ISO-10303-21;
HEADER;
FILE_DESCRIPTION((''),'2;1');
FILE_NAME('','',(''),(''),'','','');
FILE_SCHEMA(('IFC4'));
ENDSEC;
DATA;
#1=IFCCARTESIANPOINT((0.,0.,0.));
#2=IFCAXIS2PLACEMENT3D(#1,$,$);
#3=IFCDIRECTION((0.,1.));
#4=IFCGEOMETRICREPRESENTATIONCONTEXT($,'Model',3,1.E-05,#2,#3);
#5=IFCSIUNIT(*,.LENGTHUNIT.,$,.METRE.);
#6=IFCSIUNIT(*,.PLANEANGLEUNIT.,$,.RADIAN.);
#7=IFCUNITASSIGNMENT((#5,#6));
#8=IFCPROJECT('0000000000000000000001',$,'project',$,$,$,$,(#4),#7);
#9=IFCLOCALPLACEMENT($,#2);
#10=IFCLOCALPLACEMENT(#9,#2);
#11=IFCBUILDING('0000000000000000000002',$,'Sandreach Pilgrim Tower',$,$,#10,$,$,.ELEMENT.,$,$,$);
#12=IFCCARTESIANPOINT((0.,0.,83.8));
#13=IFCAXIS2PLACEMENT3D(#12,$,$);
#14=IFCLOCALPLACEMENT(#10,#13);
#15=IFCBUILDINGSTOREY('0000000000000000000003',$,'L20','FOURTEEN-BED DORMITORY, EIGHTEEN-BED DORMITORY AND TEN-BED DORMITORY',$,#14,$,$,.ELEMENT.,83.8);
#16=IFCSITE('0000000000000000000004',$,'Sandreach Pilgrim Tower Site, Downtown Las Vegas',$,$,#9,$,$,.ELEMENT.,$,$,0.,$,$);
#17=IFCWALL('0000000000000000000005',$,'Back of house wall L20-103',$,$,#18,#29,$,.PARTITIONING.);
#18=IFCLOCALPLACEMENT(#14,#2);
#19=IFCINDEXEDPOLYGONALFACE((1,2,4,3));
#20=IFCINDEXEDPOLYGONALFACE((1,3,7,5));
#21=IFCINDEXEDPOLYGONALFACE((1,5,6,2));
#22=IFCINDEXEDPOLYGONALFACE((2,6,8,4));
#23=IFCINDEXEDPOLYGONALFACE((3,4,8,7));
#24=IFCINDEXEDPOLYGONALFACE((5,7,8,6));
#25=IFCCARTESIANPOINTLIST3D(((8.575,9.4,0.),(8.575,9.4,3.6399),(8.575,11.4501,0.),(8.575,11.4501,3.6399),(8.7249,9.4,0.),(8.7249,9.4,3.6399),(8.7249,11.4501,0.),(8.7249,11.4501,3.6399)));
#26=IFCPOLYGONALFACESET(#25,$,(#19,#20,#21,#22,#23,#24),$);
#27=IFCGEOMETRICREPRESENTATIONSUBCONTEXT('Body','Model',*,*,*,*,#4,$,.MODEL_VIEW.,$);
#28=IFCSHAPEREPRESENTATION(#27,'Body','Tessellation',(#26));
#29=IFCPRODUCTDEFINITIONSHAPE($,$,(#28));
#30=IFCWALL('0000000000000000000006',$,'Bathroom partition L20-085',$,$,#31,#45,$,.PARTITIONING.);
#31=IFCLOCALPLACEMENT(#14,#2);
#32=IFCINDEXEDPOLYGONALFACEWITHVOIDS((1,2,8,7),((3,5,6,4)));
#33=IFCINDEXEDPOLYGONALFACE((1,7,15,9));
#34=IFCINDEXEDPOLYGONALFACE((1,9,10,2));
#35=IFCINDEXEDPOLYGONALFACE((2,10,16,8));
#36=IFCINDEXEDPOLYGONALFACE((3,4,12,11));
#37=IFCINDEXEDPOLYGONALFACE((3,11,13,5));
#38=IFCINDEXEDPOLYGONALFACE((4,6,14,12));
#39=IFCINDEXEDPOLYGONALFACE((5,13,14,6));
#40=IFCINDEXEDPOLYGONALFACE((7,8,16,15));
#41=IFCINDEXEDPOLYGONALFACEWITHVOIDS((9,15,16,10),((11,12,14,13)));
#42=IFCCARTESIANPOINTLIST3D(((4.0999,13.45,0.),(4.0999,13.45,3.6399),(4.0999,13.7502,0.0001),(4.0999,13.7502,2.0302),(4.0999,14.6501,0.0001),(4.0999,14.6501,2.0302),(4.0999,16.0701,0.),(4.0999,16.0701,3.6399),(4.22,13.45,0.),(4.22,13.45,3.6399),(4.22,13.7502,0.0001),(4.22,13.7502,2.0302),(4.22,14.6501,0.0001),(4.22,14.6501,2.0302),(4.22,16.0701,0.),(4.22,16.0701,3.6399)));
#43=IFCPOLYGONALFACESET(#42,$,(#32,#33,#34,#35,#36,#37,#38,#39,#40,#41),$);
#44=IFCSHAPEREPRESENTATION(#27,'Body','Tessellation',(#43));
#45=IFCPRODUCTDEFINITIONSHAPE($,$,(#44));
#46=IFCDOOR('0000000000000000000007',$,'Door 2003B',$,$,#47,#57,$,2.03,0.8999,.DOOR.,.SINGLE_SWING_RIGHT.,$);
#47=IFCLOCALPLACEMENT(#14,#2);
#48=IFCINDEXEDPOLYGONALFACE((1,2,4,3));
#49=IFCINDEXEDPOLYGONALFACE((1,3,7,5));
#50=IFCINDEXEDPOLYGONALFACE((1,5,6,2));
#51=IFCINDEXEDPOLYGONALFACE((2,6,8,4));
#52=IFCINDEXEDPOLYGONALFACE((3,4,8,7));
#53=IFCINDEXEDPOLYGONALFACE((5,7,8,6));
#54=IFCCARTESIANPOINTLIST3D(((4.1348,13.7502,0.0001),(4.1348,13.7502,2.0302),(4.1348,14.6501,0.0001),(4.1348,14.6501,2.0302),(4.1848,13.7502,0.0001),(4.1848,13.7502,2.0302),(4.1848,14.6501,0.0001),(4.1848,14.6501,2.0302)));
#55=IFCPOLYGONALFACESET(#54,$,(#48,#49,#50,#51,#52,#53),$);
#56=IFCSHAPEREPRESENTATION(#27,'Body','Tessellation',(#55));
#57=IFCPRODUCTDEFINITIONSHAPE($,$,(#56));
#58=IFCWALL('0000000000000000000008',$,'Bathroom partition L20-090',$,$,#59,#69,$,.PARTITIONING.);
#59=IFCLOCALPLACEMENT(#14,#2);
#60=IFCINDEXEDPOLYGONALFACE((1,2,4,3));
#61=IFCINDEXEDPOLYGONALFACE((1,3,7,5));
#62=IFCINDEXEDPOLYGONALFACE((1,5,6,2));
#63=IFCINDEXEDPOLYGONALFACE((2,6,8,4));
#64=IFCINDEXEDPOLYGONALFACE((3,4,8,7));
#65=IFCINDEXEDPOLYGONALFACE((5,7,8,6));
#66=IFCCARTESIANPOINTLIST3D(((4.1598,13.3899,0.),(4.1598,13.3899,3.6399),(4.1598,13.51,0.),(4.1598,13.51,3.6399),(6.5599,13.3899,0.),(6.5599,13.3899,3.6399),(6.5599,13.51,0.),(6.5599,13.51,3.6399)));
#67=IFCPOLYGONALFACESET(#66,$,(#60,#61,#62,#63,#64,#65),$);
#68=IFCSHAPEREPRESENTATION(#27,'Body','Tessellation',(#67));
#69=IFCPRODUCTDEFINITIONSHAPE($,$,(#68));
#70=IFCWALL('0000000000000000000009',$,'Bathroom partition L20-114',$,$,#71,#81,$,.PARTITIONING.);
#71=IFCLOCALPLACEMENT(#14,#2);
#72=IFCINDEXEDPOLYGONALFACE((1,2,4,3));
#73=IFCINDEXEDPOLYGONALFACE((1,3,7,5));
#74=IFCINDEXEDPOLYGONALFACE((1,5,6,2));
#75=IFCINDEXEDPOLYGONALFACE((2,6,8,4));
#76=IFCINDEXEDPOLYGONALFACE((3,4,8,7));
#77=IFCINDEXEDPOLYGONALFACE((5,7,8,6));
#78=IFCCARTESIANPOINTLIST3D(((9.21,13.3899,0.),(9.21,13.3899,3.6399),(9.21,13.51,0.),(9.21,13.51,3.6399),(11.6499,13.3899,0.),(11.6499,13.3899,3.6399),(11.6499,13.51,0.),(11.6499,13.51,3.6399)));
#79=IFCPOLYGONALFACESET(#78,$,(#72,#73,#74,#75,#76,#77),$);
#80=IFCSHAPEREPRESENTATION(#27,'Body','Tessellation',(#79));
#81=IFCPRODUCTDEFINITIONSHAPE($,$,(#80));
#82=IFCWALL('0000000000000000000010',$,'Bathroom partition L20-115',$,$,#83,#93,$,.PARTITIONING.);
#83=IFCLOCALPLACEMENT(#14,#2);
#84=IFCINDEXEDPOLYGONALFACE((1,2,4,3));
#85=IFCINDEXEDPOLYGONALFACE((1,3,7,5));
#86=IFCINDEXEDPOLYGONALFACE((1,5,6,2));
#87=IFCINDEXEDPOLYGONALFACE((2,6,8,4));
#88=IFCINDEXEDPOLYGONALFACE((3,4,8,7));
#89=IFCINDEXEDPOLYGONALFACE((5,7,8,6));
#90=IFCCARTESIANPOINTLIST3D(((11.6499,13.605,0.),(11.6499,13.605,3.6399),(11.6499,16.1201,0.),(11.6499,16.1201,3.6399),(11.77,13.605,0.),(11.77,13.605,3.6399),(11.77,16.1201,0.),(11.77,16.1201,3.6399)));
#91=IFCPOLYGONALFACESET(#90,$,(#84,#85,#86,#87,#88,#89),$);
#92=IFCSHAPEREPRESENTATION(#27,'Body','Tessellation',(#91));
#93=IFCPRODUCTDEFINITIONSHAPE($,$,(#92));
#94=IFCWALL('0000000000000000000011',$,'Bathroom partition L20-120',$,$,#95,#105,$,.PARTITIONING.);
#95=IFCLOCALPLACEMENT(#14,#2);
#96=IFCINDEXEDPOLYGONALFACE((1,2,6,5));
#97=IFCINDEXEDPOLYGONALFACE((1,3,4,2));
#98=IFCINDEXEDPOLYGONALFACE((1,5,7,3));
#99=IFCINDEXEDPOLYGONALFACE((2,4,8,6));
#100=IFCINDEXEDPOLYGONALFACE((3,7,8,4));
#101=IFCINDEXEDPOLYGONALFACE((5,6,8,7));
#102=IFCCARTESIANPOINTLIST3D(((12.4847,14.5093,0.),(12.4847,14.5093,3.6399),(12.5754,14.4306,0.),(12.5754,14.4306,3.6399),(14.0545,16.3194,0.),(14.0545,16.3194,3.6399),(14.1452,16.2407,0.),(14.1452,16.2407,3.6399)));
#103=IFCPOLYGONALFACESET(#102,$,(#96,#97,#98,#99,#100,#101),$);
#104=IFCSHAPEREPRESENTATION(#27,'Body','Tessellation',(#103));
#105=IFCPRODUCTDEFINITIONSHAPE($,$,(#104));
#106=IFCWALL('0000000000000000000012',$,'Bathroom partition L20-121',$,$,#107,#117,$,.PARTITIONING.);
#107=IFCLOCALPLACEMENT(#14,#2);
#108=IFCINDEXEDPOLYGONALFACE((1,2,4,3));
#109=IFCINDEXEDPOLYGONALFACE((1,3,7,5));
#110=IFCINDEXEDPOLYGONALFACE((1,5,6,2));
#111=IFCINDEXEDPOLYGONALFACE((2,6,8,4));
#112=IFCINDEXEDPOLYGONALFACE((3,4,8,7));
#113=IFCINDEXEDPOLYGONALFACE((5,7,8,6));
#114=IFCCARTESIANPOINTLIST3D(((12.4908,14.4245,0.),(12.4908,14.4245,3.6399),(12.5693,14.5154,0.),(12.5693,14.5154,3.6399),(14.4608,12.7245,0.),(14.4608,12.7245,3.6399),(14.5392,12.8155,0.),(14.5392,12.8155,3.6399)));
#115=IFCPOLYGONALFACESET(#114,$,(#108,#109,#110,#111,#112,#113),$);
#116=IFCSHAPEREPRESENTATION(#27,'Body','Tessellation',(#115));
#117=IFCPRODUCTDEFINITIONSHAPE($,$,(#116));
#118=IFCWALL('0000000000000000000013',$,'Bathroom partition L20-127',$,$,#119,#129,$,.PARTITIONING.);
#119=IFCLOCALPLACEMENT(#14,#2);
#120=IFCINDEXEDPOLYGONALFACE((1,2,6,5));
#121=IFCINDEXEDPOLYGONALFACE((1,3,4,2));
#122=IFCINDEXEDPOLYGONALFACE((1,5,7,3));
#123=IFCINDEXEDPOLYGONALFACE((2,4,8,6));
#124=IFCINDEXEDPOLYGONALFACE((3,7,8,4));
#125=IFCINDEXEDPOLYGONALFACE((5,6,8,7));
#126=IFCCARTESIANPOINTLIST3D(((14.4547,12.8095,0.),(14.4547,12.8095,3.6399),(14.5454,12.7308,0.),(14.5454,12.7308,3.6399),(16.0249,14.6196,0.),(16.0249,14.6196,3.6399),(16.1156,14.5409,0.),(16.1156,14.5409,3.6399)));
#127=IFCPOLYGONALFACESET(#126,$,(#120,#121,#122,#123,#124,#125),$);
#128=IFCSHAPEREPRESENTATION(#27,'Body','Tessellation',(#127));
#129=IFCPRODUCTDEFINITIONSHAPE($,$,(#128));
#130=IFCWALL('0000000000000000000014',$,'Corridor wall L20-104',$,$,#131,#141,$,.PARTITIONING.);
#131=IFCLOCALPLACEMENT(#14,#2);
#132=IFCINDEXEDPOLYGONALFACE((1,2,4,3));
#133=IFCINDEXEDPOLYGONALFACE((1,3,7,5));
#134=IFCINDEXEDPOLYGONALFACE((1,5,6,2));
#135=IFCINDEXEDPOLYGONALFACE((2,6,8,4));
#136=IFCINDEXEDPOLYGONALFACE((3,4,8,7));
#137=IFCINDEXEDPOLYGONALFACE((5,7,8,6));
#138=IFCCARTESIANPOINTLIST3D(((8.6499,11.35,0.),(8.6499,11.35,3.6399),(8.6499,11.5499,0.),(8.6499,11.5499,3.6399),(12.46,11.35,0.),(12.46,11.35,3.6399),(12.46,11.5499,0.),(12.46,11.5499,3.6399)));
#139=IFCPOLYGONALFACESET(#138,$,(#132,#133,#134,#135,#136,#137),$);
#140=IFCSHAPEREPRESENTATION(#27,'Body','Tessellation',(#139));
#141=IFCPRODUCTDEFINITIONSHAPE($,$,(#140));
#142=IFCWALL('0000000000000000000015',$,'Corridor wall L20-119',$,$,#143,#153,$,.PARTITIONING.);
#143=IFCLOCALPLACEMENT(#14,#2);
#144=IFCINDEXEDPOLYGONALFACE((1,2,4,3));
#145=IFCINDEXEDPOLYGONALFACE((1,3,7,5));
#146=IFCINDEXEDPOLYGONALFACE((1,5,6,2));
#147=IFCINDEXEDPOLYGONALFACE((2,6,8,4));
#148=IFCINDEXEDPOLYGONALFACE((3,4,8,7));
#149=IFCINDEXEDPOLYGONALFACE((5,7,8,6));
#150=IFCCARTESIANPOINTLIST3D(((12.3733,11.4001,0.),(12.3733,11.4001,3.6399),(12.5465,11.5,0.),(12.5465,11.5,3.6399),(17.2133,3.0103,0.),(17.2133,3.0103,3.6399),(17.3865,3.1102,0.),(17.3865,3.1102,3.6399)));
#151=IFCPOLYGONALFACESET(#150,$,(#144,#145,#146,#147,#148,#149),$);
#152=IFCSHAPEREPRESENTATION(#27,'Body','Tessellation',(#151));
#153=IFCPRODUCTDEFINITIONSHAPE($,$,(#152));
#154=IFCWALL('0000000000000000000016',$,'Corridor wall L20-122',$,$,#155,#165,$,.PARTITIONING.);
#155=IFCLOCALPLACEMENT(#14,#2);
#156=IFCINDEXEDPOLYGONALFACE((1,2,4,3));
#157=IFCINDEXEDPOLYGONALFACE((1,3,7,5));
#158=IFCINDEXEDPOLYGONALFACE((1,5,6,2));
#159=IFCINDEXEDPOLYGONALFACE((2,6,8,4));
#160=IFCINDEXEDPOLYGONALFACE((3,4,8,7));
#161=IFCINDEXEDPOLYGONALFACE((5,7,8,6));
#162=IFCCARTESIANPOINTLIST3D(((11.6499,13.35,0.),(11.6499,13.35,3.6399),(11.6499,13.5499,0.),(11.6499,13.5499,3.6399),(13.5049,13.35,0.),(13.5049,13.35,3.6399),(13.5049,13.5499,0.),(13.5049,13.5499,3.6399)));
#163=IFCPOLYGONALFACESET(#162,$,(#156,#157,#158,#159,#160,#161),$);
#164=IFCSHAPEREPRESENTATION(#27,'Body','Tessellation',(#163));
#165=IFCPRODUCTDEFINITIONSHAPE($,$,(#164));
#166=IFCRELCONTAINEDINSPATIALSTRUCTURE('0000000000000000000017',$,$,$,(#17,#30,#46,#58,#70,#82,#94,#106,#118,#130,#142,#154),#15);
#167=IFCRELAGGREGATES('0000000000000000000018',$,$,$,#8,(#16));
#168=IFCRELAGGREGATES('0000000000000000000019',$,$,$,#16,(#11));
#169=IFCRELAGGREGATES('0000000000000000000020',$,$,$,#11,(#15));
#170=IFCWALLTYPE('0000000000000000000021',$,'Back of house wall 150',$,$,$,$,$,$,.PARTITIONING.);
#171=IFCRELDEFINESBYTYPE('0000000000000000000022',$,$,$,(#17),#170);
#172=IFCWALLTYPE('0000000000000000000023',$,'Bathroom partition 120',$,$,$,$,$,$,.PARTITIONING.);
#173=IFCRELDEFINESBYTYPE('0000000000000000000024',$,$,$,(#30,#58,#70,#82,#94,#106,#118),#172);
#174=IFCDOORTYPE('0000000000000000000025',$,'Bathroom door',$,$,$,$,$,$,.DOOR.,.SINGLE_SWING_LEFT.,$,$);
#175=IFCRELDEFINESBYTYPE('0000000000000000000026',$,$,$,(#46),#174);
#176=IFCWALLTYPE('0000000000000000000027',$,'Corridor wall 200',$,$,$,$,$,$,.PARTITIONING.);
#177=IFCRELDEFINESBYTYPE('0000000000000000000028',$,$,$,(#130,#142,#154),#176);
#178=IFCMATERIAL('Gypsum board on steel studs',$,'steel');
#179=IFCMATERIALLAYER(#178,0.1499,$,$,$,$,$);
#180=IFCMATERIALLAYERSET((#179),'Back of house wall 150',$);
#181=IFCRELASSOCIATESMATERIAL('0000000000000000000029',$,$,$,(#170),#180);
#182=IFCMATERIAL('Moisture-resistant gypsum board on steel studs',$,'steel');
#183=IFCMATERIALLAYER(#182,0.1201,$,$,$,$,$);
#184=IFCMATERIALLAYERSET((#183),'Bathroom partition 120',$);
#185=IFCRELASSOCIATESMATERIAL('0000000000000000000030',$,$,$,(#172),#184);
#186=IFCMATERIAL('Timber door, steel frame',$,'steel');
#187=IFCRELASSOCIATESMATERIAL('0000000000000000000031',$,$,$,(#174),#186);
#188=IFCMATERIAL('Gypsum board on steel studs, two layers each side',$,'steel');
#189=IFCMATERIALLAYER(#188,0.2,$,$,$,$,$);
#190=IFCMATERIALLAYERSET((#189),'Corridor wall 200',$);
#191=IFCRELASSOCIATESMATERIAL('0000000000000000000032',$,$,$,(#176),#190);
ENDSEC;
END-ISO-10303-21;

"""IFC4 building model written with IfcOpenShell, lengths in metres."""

from ifc_helpers import new_model, si_unit, direction, frame, frame_2d, origin, place, context, subcontext, project, spatial, rectangle, extrude, material, layer, layer_set, type_object, element, fill, save


model = new_model("IFC4")

# Units and contexts
model_context = context("Model", 3, precision=1e-05, world=origin(), true_north=direction((0.0, 1.0)))
body_context = subcontext(model_context, "Body", "Model", "MODEL_VIEW")
ifc_project = project(units=[si_unit("LENGTHUNIT", "METRE"), si_unit("PLANEANGLEUNIT", "RADIAN")], contexts=[model_context])

# Site, building, storey
site_placement = place(None, origin())
site = spatial("IfcSite", under=ifc_project, at=site_placement, Name="Sandreach Pilgrim Tower Site, Downtown Las Vegas", CompositionType="ELEMENT", RefElevation=0.0)
building_placement = place(site_placement, origin())
building = spatial("IfcBuilding", under=site, at=building_placement, Name="Sandreach Pilgrim Tower", CompositionType="ELEMENT")
storey_placement = place(building_placement, frame((0.0, 0.0, 83.8)))
storey = spatial("IfcBuildingStorey", under=building, at=storey_placement, Name="L20", Description="FOURTEEN-BED DORMITORY, EIGHTEEN-BED DORMITORY AND TEN-BED DORMITORY", CompositionType="ELEMENT", Elevation=83.8)

# Wall
ifc_material_1 = material(Name="Gypsum board on steel studs", Category="steel")
ifc_layer_1 = layer(ifc_material_1, 0.1499)
ifc_layer_set_1 = layer_set([ifc_layer_1], Name="Back of house wall 150")
wall_type_1 = type_object("IfcWallType", Name="Back of house wall 150", PredefinedType="PARTITIONING", material=ifc_layer_set_1)
wall_1_placement = place(storey_placement, frame((8.6499, 11.45, 0.0), z_axis=(0.0, 0.0, 1.0), x_axis=(0.0, -1.0, 0.0)))
element("IfcWall", 1, at=wall_1_placement, inside=storey, type_object=wall_type_1, Name="Back of house wall L20-103", PredefinedType="PARTITIONING", context=body_context, shape_type="SweptSolid", body=[
    extrude(rectangle(XDim=2.05, YDim=0.1499, at=frame_2d((1.0249, 0.0))), origin(), (0.0, 0.0, 1.0), 3.6399),
])

# Wall, opening, door
ifc_material_2 = material(Name="Moisture-resistant gypsum board on steel studs", Category="steel")
ifc_layer_2 = layer(ifc_material_2, 0.1201)
ifc_layer_set_2 = layer_set([ifc_layer_2], Name="Bathroom partition 120")
wall_type_2 = type_object("IfcWallType", Name="Bathroom partition 120", PredefinedType="PARTITIONING", material=ifc_layer_set_2)
wall_2_placement = place(storey_placement, frame((4.1599, 16.0701, 0.0), z_axis=(0.0, 0.0, 1.0), x_axis=(0.0, -1.0, 0.0)))
wall_2 = element("IfcWall", 2, at=wall_2_placement, inside=storey, type_object=wall_type_2, Name="Bathroom partition L20-085", PredefinedType="PARTITIONING", context=body_context, shape_type="SweptSolid", body=[
    extrude(rectangle(XDim=2.6201, YDim=0.1201, at=frame_2d((1.3101, 0.0))), origin(), (0.0, 0.0, 1.0), 3.6399),
])
opening_1_placement = place(wall_2_placement, frame((1.4199, 0.0, 0.0)))
opening_1 = element("IfcOpeningElement", 3, at=opening_1_placement, cuts=wall_2, PredefinedType="OPENING", context=body_context, shape_type="SweptSolid", body=[
    extrude(rectangle(XDim=0.8999, YDim=2.03, at=frame_2d((0.45, 1.0151))), frame((0.0, 0.0601, 0.0), z_axis=(0.0, -1.0, 0.0), x_axis=(1.0, 0.0, 0.0)), (0.0, 0.0, 1.0), 0.1201),
])
ifc_material_3 = material(Name="Timber door, steel frame", Category="steel")
door_type_1 = type_object("IfcDoorType", Name="Bathroom door", OperationType="SINGLE_SWING_LEFT", PredefinedType="DOOR", material=ifc_material_3)
door_1_placement = place(opening_1_placement, origin())
door_1 = element("IfcDoor", 4, at=door_1_placement, inside=storey, type_object=door_type_1, Name="Door 2003B", OperationType="SINGLE_SWING_RIGHT", OverallHeight=2.03, OverallWidth=0.8999, PredefinedType="DOOR", context=body_context, shape_type="SweptSolid", body=[
    extrude(rectangle(XDim=0.8999, YDim=2.03, at=frame_2d((0.45, 1.0151))), frame((0.0, 0.0249, 0.0), z_axis=(0.0, -1.0, 0.0), x_axis=(1.0, 0.0, 0.0)), (0.0, 0.0, 1.0), 0.05),
])
fill(opening_1, door_1)

# Walls
wall_3_placement = place(storey_placement, frame((6.5601, 13.45, 0.0), z_axis=(0.0, 0.0, 1.0), x_axis=(-1.0, 0.0, 0.0)))
element("IfcWall", 5, at=wall_3_placement, inside=storey, type_object=wall_type_2, Name="Bathroom partition L20-090", PredefinedType="PARTITIONING", context=body_context, shape_type="SweptSolid", body=[
    extrude(rectangle(XDim=2.4001, YDim=0.1201, at=frame_2d((1.2002, 0.0))), origin(), (0.0, 0.0, 1.0), 3.6399),
])
wall_4_placement = place(storey_placement, frame((11.6499, 13.45, 0.0), z_axis=(0.0, 0.0, 1.0), x_axis=(-1.0, 0.0, 0.0)))
element("IfcWall", 6, at=wall_4_placement, inside=storey, type_object=wall_type_2, Name="Bathroom partition L20-114", PredefinedType="PARTITIONING", context=body_context, shape_type="SweptSolid", body=[
    extrude(rectangle(XDim=2.4399, YDim=0.1201, at=frame_2d((1.22, 0.0))), origin(), (0.0, 0.0, 1.0), 3.6399),
])
wall_5_placement = place(storey_placement, frame((11.71, 13.605, 0.0), z_axis=(0.0, 0.0, 1.0), x_axis=(0.0, 1.0, 0.0)))
element("IfcWall", 7, at=wall_5_placement, inside=storey, type_object=wall_type_2, Name="Bathroom partition L20-115", PredefinedType="PARTITIONING", context=body_context, shape_type="SweptSolid", body=[
    extrude(rectangle(XDim=2.5151, YDim=0.1201, at=frame_2d((1.2576, 0.0))), origin(), (0.0, 0.0, 1.0), 3.6399),
])
wall_6_placement = place(storey_placement, frame((12.53, 14.47, 0.0), z_axis=(0.0, 0.0, 1.0), x_axis=(0.655194, 0.75546, 0.0)))
element("IfcWall", 8, at=wall_6_placement, inside=storey, type_object=wall_type_2, Name="Bathroom partition L20-120", PredefinedType="PARTITIONING", context=body_context, shape_type="SweptSolid", body=[
    extrude(rectangle(XDim=2.396, YDim=0.1201, at=frame_2d((1.198, 0.0))), origin(), (0.0, 0.0, 1.0), 3.6399),
])
wall_7_placement = place(storey_placement, frame((12.53, 14.47, 0.0), z_axis=(0.0, 0.0, 1.0), x_axis=(0.757087, -0.653314, 0.0)))
element("IfcWall", 9, at=wall_7_placement, inside=storey, type_object=wall_type_2, Name="Bathroom partition L20-121", PredefinedType="PARTITIONING", context=body_context, shape_type="SweptSolid", body=[
    extrude(rectangle(XDim=2.6021, YDim=0.1201, at=frame_2d((1.301, 0.0))), origin(), (0.0, 0.0, 1.0), 3.6399),
])
wall_8_placement = place(storey_placement, frame((14.5, 12.77, 0.0), z_axis=(0.0, 0.0, 1.0), x_axis=(0.655252, 0.75541, 0.0)))
element("IfcWall", 10, at=wall_8_placement, inside=storey, type_object=wall_type_2, Name="Bathroom partition L20-127", PredefinedType="PARTITIONING", context=body_context, shape_type="SweptSolid", body=[
    extrude(rectangle(XDim=2.3962, YDim=0.1201, at=frame_2d((1.1982, 0.0))), origin(), (0.0, 0.0, 1.0), 3.6399),
])

# Shared definitions
ifc_material_4 = material(Name="Gypsum board on steel studs, two layers each side", Category="steel")
ifc_layer_3 = layer(ifc_material_4, 0.2)
ifc_layer_set_3 = layer_set([ifc_layer_3], Name="Corridor wall 200")
wall_type_3 = type_object("IfcWallType", Name="Corridor wall 200", PredefinedType="PARTITIONING", material=ifc_layer_set_3)

# Wall
wall_9_placement = place(storey_placement, frame((8.6499, 11.45, 0.0), z_axis=(0.0, 0.0, 1.0), x_axis=(1.0, 0.0, 0.0)))
element("IfcWall", 11, at=wall_9_placement, inside=storey, type_object=wall_type_3, Name="Corridor wall L20-104", PredefinedType="PARTITIONING", context=body_context, shape_type="SweptSolid", body=[
    extrude(rectangle(XDim=3.8101, YDim=0.2, at=frame_2d((1.905, 0.0))), origin(), (0.0, 0.0, 1.0), 3.6399),
])

# Walls
wall_10_placement = place(storey_placement, frame((12.46, 11.45, 0.0), z_axis=(0.0, 0.0, 1.0), x_axis=(0.499704, -0.866196, 0.0)))
element("IfcWall", 12, at=wall_10_placement, inside=storey, type_object=wall_type_3, Name="Corridor wall L20-119", PredefinedType="PARTITIONING", context=body_context, shape_type="SweptSolid", body=[
    extrude(rectangle(XDim=9.6858, YDim=0.2, at=frame_2d((4.8428, 0.0))), origin(), (0.0, 0.0, 1.0), 3.6399),
])
wall_11_placement = place(storey_placement, frame((13.5049, 13.45, 0.0), z_axis=(0.0, 0.0, 1.0), x_axis=(-1.0, 0.0, 0.0)))
element("IfcWall", 13, at=wall_11_placement, inside=storey, type_object=wall_type_3, Name="Corridor wall L20-122", PredefinedType="PARTITIONING", context=body_context, shape_type="SweptSolid", body=[
    extrude(rectangle(XDim=1.855, YDim=0.2, at=frame_2d((0.9275, 0.0))), origin(), (0.0, 0.0, 1.0), 3.6399),
])

save(model, "model.ifc")
